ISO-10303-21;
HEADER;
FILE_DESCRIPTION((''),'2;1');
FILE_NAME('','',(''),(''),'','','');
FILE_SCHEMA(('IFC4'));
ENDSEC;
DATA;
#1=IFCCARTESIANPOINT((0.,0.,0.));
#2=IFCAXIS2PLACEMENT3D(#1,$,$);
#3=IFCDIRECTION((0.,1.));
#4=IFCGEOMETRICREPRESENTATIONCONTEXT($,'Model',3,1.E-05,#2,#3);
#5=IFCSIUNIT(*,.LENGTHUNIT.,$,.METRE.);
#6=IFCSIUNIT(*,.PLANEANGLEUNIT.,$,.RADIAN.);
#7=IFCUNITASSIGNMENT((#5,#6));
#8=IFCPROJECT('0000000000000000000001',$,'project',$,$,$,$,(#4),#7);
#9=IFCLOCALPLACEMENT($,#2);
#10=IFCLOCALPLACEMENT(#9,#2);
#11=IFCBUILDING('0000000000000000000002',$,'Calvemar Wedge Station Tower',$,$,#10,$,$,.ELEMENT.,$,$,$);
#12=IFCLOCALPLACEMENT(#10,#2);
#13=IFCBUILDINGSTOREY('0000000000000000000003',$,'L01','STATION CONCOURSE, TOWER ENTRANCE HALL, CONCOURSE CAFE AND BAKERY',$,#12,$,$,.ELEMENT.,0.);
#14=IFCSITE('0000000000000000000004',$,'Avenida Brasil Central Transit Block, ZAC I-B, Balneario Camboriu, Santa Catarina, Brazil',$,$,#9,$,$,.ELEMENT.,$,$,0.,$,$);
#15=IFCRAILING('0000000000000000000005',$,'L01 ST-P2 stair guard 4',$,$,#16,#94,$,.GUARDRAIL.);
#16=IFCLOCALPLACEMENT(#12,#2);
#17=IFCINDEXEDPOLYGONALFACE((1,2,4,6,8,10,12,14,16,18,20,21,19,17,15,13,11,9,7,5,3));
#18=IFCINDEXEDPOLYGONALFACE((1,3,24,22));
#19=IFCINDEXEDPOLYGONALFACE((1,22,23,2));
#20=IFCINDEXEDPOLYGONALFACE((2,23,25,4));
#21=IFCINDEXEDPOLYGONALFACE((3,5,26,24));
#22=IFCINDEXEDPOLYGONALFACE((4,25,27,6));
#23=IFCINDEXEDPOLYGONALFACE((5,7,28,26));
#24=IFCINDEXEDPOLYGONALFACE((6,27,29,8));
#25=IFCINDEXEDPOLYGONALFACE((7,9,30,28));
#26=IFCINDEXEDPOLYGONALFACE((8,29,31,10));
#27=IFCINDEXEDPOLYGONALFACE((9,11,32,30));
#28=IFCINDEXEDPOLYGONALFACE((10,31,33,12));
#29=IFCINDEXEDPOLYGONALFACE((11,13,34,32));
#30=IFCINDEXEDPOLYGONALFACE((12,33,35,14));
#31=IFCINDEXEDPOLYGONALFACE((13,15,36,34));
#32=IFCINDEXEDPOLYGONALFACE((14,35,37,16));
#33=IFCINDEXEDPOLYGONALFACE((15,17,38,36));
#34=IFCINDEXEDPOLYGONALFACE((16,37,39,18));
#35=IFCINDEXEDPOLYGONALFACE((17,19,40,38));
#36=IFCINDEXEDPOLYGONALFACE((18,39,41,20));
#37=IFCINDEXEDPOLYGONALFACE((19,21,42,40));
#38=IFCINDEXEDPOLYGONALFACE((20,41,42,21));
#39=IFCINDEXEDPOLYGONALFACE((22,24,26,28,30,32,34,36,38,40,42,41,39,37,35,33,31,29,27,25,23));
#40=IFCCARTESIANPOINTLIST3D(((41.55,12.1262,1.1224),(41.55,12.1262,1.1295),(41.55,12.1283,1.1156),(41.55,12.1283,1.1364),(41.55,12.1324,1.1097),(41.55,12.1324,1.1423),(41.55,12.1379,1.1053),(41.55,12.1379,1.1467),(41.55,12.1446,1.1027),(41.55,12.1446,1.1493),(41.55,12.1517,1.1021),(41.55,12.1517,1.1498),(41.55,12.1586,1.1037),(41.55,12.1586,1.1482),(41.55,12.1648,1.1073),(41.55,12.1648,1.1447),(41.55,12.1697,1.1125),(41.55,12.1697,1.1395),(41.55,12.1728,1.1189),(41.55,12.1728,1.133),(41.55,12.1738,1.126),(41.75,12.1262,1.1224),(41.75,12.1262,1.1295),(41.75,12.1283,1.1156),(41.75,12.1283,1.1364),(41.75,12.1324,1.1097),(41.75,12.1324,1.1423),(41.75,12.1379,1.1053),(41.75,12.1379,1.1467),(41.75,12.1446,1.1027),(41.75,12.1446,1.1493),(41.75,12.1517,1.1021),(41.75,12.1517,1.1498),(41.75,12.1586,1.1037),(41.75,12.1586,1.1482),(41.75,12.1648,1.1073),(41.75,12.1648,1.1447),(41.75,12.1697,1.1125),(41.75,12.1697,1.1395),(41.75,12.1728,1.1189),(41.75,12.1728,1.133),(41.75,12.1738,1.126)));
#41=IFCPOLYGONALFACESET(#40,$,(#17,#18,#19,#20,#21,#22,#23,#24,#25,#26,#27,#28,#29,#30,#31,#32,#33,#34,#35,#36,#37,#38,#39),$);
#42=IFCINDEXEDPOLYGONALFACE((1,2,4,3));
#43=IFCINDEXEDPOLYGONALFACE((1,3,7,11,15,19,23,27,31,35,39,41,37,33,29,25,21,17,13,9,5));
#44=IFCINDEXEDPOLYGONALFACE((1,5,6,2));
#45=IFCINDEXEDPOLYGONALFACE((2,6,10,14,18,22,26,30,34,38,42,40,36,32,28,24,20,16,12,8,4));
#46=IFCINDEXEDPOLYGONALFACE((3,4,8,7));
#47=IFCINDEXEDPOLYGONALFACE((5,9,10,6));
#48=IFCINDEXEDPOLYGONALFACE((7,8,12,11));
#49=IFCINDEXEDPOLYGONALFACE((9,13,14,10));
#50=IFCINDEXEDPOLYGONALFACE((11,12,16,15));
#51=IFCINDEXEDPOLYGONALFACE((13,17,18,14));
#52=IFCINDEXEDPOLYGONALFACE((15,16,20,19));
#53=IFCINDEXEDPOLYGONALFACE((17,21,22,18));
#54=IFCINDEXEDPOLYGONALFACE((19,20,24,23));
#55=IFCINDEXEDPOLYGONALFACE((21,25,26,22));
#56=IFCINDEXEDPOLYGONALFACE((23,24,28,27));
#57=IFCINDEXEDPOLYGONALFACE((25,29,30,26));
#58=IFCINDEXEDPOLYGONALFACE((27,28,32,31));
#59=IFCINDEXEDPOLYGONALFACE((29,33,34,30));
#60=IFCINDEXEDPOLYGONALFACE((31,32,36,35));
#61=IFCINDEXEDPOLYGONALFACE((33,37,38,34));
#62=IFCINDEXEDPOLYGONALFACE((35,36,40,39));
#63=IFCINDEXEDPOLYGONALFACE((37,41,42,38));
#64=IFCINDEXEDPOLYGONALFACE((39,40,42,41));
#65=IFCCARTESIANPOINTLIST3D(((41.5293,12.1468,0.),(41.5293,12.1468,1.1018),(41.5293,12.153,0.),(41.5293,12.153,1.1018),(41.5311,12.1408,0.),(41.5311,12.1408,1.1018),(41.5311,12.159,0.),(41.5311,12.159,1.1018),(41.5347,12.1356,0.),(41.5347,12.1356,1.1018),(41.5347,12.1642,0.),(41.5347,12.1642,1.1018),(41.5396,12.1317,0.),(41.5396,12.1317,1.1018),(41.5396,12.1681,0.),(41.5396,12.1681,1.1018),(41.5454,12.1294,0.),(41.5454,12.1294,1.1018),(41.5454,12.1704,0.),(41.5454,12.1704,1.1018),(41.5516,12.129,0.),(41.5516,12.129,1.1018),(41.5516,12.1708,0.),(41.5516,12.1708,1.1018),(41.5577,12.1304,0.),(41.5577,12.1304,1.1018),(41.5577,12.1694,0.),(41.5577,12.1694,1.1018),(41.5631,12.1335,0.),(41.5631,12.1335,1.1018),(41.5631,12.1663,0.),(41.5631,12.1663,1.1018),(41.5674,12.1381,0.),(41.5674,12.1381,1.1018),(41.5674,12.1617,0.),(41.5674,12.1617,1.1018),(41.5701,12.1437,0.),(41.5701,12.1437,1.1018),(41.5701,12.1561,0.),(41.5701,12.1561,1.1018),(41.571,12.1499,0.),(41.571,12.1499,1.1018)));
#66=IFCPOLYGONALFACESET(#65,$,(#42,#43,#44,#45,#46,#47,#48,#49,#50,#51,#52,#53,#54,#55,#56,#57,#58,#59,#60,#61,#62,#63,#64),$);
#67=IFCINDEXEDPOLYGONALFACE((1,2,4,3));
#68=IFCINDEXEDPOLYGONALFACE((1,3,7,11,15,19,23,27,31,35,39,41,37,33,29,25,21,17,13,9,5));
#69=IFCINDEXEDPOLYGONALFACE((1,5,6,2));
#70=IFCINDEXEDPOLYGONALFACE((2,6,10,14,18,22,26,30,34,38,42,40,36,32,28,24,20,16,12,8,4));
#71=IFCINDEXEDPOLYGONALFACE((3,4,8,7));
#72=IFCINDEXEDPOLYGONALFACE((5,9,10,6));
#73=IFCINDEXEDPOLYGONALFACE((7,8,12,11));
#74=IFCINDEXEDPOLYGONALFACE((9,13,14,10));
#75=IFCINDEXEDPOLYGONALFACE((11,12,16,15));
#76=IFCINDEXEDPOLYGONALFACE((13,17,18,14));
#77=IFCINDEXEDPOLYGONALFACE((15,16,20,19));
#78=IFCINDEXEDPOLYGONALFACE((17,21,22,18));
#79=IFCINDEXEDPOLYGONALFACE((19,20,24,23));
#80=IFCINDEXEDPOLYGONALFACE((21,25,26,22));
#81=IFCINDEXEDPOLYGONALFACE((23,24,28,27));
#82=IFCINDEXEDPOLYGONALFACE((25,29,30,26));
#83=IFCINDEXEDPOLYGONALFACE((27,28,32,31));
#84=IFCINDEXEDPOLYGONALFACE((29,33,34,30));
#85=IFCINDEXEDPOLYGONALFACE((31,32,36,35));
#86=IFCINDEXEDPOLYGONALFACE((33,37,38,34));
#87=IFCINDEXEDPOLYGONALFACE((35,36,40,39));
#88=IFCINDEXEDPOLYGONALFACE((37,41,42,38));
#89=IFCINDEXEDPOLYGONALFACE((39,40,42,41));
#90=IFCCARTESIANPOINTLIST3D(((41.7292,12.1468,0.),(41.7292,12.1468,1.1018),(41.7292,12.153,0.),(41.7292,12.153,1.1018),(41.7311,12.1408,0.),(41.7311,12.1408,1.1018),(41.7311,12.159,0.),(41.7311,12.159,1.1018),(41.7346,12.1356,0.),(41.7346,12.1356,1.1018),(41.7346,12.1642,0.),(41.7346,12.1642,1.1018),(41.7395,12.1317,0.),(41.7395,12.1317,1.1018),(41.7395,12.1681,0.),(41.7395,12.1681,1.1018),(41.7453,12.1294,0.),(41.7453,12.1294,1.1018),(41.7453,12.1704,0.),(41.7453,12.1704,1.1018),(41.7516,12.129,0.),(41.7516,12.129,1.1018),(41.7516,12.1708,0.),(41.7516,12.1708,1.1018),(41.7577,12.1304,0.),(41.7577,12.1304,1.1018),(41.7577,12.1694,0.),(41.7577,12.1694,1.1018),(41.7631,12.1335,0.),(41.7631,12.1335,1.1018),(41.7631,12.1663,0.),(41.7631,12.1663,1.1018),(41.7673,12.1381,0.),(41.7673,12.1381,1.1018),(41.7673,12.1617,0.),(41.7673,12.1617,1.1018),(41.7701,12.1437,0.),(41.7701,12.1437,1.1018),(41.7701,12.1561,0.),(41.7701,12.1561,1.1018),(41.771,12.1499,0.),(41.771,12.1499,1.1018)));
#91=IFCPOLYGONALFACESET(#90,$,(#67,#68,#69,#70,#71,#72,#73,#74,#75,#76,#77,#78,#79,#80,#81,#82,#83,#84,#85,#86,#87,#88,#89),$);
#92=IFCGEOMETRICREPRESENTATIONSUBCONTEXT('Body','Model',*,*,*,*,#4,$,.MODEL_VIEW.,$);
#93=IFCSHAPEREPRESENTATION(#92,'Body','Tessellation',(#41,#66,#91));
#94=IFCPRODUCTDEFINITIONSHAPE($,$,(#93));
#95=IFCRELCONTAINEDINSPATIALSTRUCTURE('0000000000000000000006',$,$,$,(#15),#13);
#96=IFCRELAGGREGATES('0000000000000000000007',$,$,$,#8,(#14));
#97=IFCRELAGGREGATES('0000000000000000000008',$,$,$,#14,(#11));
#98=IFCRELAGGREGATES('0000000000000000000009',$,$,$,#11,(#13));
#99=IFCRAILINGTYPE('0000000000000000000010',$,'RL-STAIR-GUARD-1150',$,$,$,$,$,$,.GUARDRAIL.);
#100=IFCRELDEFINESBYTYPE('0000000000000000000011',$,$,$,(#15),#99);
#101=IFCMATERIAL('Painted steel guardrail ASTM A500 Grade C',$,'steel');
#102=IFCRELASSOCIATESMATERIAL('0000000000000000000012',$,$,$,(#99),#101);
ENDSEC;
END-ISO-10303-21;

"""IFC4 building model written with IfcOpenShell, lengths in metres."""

from ifc_helpers import new_model, si_unit, direction, frame, origin, origin_2d, place, context, subcontext, project, spatial, circle, extrude, material, type_object, element, save


model = new_model("IFC4")

# Units and contexts
model_context = context("Model", 3, precision=1e-05, world=origin(), true_north=direction((0.0, 1.0)))
body_context = subcontext(model_context, "Body", "Model", "MODEL_VIEW")
ifc_project = project(units=[si_unit("LENGTHUNIT", "METRE"), si_unit("PLANEANGLEUNIT", "RADIAN")], contexts=[model_context])

# Site, building, storey
site_placement = place(None, origin())
site = spatial("IfcSite", under=ifc_project, at=site_placement, Name="Avenida Brasil Central Transit Block, ZAC I-B, Balneario Camboriu, Santa Catarina, Brazil", CompositionType="ELEMENT", RefElevation=0.0)
building_placement = place(site_placement, origin())
building = spatial("IfcBuilding", under=site, at=building_placement, Name="Calvemar Wedge Station Tower", CompositionType="ELEMENT")
storey_placement = place(building_placement, origin())
storey = spatial("IfcBuildingStorey", under=building, at=storey_placement, Name="L01", Description="STATION CONCOURSE, TOWER ENTRANCE HALL, CONCOURSE CAFE AND BAKERY", CompositionType="ELEMENT", Elevation=0.0)

# Railing
ifc_material_1 = material(Name="Painted steel guardrail ASTM A500 Grade C", Category="steel")
railing_type_1 = type_object("IfcRailingType", Name="RL-STAIR-GUARD-1150", PredefinedType="GUARDRAIL", material=ifc_material_1)
railing_1_placement = place(storey_placement, frame((41.55, 12.1499, 0.0)))
element("IfcRailing", 1, at=railing_1_placement, inside=storey, type_object=railing_type_1, Name="L01 ST-P2 stair guard 4", PredefinedType="GUARDRAIL", context=body_context, shape_type="SweptSolid", body=[
    extrude(circle(Radius=0.0239, at=origin_2d()), frame((0.0, 0.0, 1.126), z_axis=(1.0, 0.0, 0.0), x_axis=(0.0, 1.0, 0.0)), (0.0, 0.0, 1.0), 0.2),
    extrude(circle(Radius=0.021, at=origin_2d()), origin(), (0.0, 0.0, 1.0), 1.1018),
    extrude(circle(Radius=0.021, at=origin_2d()), frame((0.2, 0.0, 0.0)), (0.0, 0.0, 1.0), 1.1018),
])

save(model, "model.ifc")
